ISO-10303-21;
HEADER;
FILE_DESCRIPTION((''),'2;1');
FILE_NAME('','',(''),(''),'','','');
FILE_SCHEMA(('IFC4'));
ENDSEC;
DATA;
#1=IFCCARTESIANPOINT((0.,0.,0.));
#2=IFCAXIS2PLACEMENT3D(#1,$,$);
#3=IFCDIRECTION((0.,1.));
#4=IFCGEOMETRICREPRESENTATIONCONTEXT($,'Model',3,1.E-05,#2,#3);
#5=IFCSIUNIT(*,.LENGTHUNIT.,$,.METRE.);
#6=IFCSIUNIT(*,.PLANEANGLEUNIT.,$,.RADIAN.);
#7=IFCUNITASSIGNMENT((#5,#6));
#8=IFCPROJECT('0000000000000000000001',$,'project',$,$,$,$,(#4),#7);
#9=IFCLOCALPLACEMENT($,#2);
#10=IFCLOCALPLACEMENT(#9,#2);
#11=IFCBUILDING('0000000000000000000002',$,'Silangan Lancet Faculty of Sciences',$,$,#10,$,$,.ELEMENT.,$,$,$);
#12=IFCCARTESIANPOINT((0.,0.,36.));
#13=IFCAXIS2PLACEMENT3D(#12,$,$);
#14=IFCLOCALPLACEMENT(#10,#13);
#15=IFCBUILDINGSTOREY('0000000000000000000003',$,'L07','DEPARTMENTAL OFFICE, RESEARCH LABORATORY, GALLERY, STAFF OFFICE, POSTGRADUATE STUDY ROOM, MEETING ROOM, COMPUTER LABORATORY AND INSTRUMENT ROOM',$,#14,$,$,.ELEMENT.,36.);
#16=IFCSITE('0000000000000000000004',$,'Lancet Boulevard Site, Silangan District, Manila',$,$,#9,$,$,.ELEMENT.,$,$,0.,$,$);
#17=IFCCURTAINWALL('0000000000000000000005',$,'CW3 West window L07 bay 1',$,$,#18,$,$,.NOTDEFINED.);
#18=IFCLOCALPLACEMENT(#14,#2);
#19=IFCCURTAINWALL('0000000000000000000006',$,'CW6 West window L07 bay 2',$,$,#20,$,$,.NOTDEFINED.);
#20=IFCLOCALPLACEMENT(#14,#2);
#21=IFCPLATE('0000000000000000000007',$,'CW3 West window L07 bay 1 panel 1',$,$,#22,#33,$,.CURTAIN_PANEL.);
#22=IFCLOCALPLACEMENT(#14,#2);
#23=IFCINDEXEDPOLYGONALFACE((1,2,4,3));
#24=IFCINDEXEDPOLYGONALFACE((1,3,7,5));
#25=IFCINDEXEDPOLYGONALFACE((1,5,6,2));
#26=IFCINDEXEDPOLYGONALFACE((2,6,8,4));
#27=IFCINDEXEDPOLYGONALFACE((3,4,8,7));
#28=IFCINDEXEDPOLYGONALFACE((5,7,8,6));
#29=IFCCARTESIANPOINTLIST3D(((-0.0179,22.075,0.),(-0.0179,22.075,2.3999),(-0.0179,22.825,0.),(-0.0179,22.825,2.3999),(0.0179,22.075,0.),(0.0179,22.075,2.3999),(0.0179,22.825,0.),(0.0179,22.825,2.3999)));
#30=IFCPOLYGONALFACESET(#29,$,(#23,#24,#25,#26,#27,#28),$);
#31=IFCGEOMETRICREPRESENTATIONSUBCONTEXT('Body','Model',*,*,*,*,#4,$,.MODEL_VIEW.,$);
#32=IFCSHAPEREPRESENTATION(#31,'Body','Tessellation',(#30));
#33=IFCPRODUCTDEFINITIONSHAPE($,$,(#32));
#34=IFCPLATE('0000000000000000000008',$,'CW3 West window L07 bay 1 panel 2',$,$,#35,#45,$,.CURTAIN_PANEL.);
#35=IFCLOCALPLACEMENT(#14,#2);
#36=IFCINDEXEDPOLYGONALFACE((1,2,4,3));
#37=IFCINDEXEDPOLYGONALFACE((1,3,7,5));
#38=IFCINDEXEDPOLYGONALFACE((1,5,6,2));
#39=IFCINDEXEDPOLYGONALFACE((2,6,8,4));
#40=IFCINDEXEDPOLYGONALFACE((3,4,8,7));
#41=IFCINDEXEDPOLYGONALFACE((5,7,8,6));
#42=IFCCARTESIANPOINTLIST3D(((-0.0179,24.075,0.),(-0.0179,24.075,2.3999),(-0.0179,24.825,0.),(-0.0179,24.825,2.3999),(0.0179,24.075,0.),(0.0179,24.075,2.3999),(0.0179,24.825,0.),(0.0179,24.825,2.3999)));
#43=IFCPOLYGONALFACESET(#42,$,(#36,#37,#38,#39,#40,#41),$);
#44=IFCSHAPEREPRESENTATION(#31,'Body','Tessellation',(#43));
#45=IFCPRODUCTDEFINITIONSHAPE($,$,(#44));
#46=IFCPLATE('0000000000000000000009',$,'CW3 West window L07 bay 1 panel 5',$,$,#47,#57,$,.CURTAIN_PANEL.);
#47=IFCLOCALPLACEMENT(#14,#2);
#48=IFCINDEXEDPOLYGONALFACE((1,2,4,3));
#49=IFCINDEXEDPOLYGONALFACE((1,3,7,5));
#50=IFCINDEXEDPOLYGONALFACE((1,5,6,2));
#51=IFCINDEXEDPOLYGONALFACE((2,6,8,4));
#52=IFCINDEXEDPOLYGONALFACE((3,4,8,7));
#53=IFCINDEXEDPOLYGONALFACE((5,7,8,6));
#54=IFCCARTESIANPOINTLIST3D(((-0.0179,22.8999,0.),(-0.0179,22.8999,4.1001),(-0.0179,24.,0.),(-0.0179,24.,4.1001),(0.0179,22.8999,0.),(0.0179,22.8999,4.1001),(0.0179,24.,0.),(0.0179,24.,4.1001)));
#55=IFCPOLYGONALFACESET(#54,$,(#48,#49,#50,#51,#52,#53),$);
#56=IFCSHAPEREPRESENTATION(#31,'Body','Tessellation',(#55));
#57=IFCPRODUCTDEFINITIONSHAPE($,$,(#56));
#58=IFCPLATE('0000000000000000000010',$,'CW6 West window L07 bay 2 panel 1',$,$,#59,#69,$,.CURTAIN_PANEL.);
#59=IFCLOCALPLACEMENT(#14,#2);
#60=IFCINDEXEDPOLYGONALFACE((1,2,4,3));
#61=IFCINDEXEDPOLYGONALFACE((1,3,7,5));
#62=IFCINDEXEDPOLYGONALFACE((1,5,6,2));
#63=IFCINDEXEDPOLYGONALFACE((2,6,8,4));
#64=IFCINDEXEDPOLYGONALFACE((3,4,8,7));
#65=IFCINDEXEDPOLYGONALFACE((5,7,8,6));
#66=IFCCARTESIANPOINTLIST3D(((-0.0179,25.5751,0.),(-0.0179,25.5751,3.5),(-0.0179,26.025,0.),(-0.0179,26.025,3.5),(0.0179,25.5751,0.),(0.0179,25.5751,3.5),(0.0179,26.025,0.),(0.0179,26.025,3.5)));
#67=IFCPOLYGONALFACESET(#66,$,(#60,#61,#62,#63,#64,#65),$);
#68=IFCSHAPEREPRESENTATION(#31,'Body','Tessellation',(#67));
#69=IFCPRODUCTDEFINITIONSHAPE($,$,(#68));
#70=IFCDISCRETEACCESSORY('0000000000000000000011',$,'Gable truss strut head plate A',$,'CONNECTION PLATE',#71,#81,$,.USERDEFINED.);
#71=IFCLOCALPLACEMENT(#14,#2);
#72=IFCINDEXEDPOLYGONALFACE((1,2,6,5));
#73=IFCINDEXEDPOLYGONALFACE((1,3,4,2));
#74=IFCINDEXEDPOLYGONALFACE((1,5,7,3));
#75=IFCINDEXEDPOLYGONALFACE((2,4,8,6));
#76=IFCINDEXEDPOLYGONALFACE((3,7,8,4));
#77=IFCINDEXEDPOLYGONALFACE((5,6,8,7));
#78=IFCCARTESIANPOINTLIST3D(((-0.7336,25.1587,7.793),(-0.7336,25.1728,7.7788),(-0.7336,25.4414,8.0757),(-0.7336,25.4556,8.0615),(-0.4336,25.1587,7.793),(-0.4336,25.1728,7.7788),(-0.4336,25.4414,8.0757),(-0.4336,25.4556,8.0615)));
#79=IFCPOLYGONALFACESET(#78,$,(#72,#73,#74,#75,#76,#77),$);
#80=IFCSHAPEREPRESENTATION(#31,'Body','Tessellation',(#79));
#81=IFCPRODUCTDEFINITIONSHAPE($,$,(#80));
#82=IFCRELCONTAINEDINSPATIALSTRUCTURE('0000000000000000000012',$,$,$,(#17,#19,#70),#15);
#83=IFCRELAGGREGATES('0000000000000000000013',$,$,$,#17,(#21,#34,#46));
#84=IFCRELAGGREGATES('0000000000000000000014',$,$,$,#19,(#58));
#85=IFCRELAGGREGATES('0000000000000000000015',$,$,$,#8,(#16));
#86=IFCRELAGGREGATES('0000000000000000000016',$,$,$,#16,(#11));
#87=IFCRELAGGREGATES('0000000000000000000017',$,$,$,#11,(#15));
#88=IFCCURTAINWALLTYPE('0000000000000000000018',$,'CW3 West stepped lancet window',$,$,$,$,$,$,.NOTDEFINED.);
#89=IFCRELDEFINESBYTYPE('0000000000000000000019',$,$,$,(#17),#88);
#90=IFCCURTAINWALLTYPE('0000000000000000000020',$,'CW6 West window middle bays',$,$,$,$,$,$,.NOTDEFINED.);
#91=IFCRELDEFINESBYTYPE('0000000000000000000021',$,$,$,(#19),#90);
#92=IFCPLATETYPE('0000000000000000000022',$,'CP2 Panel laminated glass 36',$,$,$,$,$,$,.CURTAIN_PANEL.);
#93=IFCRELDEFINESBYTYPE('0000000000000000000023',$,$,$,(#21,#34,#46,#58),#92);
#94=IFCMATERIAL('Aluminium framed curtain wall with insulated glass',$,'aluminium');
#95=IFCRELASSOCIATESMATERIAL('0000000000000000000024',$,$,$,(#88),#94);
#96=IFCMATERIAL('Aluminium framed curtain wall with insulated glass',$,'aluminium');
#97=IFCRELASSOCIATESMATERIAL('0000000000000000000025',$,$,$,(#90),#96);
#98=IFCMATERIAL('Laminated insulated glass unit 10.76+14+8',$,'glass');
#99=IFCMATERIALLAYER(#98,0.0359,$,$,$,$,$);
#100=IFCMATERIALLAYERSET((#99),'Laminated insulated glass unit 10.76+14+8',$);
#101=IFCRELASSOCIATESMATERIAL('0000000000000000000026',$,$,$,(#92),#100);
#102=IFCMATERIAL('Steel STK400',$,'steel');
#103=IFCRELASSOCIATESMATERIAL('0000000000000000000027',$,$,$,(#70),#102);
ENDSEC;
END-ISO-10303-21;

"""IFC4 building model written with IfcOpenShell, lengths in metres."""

from ifc_helpers import new_model, si_unit, direction, frame, origin, origin_2d, place, context, subcontext, project, spatial, polyline, rectangle, outline, extrude, material, layer, layer_set, type_object, element, aggregate, save


model = new_model("IFC4")

# Units and contexts
model_context = context("Model", 3, precision=1e-05, world=origin(), true_north=direction((0.0, 1.0)))
body_context = subcontext(model_context, "Body", "Model", "MODEL_VIEW")
ifc_project = project(units=[si_unit("LENGTHUNIT", "METRE"), si_unit("PLANEANGLEUNIT", "RADIAN")], contexts=[model_context])

# Site, building, storey
site_placement = place(None, origin())
site = spatial("IfcSite", under=ifc_project, at=site_placement, Name="Lancet Boulevard Site, Silangan District, Manila", CompositionType="ELEMENT", RefElevation=0.0)
building_placement = place(site_placement, origin())
building = spatial("IfcBuilding", under=site, at=building_placement, Name="Silangan Lancet Faculty of Sciences", CompositionType="ELEMENT")
storey_placement = place(building_placement, frame((0.0, 0.0, 36.0)))
storey = spatial("IfcBuildingStorey", under=building, at=storey_placement, Name="L07", Description="DEPARTMENTAL OFFICE, RESEARCH LABORATORY, GALLERY, STAFF OFFICE, POSTGRADUATE STUDY ROOM, MEETING ROOM, COMPUTER LABORATORY AND INSTRUMENT ROOM", CompositionType="ELEMENT", Elevation=36.0)

# Curtain wall
ifc_material_1 = material(Name="Aluminium framed curtain wall with insulated glass", Category="aluminium")
curtain_wall_type_1 = type_object("IfcCurtainWallType", Name="CW3 West stepped lancet window", PredefinedType="NOTDEFINED", material=ifc_material_1)
curtain_wall_1_placement = place(storey_placement, origin())
curtain_wall_1 = element("IfcCurtainWall", 1, at=curtain_wall_1_placement, inside=storey, type_object=curtain_wall_type_1, Name="CW3 West window L07 bay 1", PredefinedType="NOTDEFINED")

# Curtain wall
ifc_material_2 = material(Name="Aluminium framed curtain wall with insulated glass", Category="aluminium")
curtain_wall_type_2 = type_object("IfcCurtainWallType", Name="CW6 West window middle bays", PredefinedType="NOTDEFINED", material=ifc_material_2)
curtain_wall_2_placement = place(storey_placement, origin())
curtain_wall_2 = element("IfcCurtainWall", 2, at=curtain_wall_2_placement, inside=storey, type_object=curtain_wall_type_2, Name="CW6 West window L07 bay 2", PredefinedType="NOTDEFINED")

# Plates
ifc_material_3 = material(Name="Laminated insulated glass unit 10.76+14+8", Category="glass")
ifc_layer_1 = layer(ifc_material_3, 0.0359)
ifc_layer_set_1 = layer_set([ifc_layer_1], Name="Laminated insulated glass unit 10.76+14+8")
plate_type_1 = type_object("IfcPlateType", Name="CP2 Panel laminated glass 36", PredefinedType="CURTAIN_PANEL", material=ifc_layer_set_1)
plate_1_placement = place(storey_placement, frame((0.0, 22.45, 0.0), z_axis=(0.0, 0.0, 1.0), x_axis=(0.0, 1.0, 0.0)))
plate_1 = element("IfcPlate", 3, at=plate_1_placement, type_object=plate_type_1, Name="CW3 West window L07 bay 1 panel 1", PredefinedType="CURTAIN_PANEL", context=body_context, shape_type="SweptSolid", body=[
    extrude(rectangle(XDim=0.75, YDim=0.0359, at=origin_2d()), origin(), (0.0, 0.0, 1.0), 2.3999),
])
plate_2_placement = place(storey_placement, frame((0.0, 24.45, 0.0), z_axis=(0.0, 0.0, 1.0), x_axis=(0.0, 1.0, 0.0)))
plate_2 = element("IfcPlate", 4, at=plate_2_placement, type_object=plate_type_1, Name="CW3 West window L07 bay 1 panel 2", PredefinedType="CURTAIN_PANEL", context=body_context, shape_type="SweptSolid", body=[
    extrude(rectangle(XDim=0.75, YDim=0.0359, at=origin_2d()), origin(), (0.0, 0.0, 1.0), 2.3999),
])
plate_3_placement = place(storey_placement, frame((0.0, 23.45, 0.0), z_axis=(0.0, 0.0, 1.0), x_axis=(0.0, 1.0, 0.0)))
plate_3 = element("IfcPlate", 5, at=plate_3_placement, type_object=plate_type_1, Name="CW3 West window L07 bay 1 panel 5", PredefinedType="CURTAIN_PANEL", context=body_context, shape_type="SweptSolid", body=[
    extrude(rectangle(XDim=1.1001, YDim=0.0359, at=origin_2d()), origin(), (0.0, 0.0, 1.0), 4.1001),
])
aggregate(curtain_wall_1, [plate_1, plate_2, plate_3])
plate_4_placement = place(storey_placement, frame((0.0, 25.8, 0.0), z_axis=(0.0, 0.0, 1.0), x_axis=(0.0, 1.0, 0.0)))
plate_4 = element("IfcPlate", 6, at=plate_4_placement, type_object=plate_type_1, Name="CW6 West window L07 bay 2 panel 1", PredefinedType="CURTAIN_PANEL", context=body_context, shape_type="SweptSolid", body=[
    extrude(rectangle(XDim=0.45, YDim=0.0359, at=origin_2d()), origin(), (0.0, 0.0, 1.0), 3.5),
])
aggregate(curtain_wall_2, [plate_4])

# Discrete accessory
ifc_material_4 = material(Name="Steel STK400", Category="steel")
discrete_accessory_placement = place(storey_placement, frame((-0.7336, 25.1587, 7.793), z_axis=(0.0, -0.707107, 0.707107), x_axis=(1.0, 0.0, 0.0)))
element("IfcDiscreteAccessory", 7, at=discrete_accessory_placement, inside=storey, material=ifc_material_4, Name="Gable truss strut head plate A", ObjectType="CONNECTION PLATE", PredefinedType="USERDEFINED", context=body_context, shape_type="SweptSolid", body=[
    extrude(outline(polyline([(0.0, 0.0), (0.3, 0.0), (0.3, 0.3998), (0.0, 0.3998), (0.0, 0.0)])), origin(), (0.0, 0.0, -1.0), 0.02),
])

save(model, "model.ifc")
